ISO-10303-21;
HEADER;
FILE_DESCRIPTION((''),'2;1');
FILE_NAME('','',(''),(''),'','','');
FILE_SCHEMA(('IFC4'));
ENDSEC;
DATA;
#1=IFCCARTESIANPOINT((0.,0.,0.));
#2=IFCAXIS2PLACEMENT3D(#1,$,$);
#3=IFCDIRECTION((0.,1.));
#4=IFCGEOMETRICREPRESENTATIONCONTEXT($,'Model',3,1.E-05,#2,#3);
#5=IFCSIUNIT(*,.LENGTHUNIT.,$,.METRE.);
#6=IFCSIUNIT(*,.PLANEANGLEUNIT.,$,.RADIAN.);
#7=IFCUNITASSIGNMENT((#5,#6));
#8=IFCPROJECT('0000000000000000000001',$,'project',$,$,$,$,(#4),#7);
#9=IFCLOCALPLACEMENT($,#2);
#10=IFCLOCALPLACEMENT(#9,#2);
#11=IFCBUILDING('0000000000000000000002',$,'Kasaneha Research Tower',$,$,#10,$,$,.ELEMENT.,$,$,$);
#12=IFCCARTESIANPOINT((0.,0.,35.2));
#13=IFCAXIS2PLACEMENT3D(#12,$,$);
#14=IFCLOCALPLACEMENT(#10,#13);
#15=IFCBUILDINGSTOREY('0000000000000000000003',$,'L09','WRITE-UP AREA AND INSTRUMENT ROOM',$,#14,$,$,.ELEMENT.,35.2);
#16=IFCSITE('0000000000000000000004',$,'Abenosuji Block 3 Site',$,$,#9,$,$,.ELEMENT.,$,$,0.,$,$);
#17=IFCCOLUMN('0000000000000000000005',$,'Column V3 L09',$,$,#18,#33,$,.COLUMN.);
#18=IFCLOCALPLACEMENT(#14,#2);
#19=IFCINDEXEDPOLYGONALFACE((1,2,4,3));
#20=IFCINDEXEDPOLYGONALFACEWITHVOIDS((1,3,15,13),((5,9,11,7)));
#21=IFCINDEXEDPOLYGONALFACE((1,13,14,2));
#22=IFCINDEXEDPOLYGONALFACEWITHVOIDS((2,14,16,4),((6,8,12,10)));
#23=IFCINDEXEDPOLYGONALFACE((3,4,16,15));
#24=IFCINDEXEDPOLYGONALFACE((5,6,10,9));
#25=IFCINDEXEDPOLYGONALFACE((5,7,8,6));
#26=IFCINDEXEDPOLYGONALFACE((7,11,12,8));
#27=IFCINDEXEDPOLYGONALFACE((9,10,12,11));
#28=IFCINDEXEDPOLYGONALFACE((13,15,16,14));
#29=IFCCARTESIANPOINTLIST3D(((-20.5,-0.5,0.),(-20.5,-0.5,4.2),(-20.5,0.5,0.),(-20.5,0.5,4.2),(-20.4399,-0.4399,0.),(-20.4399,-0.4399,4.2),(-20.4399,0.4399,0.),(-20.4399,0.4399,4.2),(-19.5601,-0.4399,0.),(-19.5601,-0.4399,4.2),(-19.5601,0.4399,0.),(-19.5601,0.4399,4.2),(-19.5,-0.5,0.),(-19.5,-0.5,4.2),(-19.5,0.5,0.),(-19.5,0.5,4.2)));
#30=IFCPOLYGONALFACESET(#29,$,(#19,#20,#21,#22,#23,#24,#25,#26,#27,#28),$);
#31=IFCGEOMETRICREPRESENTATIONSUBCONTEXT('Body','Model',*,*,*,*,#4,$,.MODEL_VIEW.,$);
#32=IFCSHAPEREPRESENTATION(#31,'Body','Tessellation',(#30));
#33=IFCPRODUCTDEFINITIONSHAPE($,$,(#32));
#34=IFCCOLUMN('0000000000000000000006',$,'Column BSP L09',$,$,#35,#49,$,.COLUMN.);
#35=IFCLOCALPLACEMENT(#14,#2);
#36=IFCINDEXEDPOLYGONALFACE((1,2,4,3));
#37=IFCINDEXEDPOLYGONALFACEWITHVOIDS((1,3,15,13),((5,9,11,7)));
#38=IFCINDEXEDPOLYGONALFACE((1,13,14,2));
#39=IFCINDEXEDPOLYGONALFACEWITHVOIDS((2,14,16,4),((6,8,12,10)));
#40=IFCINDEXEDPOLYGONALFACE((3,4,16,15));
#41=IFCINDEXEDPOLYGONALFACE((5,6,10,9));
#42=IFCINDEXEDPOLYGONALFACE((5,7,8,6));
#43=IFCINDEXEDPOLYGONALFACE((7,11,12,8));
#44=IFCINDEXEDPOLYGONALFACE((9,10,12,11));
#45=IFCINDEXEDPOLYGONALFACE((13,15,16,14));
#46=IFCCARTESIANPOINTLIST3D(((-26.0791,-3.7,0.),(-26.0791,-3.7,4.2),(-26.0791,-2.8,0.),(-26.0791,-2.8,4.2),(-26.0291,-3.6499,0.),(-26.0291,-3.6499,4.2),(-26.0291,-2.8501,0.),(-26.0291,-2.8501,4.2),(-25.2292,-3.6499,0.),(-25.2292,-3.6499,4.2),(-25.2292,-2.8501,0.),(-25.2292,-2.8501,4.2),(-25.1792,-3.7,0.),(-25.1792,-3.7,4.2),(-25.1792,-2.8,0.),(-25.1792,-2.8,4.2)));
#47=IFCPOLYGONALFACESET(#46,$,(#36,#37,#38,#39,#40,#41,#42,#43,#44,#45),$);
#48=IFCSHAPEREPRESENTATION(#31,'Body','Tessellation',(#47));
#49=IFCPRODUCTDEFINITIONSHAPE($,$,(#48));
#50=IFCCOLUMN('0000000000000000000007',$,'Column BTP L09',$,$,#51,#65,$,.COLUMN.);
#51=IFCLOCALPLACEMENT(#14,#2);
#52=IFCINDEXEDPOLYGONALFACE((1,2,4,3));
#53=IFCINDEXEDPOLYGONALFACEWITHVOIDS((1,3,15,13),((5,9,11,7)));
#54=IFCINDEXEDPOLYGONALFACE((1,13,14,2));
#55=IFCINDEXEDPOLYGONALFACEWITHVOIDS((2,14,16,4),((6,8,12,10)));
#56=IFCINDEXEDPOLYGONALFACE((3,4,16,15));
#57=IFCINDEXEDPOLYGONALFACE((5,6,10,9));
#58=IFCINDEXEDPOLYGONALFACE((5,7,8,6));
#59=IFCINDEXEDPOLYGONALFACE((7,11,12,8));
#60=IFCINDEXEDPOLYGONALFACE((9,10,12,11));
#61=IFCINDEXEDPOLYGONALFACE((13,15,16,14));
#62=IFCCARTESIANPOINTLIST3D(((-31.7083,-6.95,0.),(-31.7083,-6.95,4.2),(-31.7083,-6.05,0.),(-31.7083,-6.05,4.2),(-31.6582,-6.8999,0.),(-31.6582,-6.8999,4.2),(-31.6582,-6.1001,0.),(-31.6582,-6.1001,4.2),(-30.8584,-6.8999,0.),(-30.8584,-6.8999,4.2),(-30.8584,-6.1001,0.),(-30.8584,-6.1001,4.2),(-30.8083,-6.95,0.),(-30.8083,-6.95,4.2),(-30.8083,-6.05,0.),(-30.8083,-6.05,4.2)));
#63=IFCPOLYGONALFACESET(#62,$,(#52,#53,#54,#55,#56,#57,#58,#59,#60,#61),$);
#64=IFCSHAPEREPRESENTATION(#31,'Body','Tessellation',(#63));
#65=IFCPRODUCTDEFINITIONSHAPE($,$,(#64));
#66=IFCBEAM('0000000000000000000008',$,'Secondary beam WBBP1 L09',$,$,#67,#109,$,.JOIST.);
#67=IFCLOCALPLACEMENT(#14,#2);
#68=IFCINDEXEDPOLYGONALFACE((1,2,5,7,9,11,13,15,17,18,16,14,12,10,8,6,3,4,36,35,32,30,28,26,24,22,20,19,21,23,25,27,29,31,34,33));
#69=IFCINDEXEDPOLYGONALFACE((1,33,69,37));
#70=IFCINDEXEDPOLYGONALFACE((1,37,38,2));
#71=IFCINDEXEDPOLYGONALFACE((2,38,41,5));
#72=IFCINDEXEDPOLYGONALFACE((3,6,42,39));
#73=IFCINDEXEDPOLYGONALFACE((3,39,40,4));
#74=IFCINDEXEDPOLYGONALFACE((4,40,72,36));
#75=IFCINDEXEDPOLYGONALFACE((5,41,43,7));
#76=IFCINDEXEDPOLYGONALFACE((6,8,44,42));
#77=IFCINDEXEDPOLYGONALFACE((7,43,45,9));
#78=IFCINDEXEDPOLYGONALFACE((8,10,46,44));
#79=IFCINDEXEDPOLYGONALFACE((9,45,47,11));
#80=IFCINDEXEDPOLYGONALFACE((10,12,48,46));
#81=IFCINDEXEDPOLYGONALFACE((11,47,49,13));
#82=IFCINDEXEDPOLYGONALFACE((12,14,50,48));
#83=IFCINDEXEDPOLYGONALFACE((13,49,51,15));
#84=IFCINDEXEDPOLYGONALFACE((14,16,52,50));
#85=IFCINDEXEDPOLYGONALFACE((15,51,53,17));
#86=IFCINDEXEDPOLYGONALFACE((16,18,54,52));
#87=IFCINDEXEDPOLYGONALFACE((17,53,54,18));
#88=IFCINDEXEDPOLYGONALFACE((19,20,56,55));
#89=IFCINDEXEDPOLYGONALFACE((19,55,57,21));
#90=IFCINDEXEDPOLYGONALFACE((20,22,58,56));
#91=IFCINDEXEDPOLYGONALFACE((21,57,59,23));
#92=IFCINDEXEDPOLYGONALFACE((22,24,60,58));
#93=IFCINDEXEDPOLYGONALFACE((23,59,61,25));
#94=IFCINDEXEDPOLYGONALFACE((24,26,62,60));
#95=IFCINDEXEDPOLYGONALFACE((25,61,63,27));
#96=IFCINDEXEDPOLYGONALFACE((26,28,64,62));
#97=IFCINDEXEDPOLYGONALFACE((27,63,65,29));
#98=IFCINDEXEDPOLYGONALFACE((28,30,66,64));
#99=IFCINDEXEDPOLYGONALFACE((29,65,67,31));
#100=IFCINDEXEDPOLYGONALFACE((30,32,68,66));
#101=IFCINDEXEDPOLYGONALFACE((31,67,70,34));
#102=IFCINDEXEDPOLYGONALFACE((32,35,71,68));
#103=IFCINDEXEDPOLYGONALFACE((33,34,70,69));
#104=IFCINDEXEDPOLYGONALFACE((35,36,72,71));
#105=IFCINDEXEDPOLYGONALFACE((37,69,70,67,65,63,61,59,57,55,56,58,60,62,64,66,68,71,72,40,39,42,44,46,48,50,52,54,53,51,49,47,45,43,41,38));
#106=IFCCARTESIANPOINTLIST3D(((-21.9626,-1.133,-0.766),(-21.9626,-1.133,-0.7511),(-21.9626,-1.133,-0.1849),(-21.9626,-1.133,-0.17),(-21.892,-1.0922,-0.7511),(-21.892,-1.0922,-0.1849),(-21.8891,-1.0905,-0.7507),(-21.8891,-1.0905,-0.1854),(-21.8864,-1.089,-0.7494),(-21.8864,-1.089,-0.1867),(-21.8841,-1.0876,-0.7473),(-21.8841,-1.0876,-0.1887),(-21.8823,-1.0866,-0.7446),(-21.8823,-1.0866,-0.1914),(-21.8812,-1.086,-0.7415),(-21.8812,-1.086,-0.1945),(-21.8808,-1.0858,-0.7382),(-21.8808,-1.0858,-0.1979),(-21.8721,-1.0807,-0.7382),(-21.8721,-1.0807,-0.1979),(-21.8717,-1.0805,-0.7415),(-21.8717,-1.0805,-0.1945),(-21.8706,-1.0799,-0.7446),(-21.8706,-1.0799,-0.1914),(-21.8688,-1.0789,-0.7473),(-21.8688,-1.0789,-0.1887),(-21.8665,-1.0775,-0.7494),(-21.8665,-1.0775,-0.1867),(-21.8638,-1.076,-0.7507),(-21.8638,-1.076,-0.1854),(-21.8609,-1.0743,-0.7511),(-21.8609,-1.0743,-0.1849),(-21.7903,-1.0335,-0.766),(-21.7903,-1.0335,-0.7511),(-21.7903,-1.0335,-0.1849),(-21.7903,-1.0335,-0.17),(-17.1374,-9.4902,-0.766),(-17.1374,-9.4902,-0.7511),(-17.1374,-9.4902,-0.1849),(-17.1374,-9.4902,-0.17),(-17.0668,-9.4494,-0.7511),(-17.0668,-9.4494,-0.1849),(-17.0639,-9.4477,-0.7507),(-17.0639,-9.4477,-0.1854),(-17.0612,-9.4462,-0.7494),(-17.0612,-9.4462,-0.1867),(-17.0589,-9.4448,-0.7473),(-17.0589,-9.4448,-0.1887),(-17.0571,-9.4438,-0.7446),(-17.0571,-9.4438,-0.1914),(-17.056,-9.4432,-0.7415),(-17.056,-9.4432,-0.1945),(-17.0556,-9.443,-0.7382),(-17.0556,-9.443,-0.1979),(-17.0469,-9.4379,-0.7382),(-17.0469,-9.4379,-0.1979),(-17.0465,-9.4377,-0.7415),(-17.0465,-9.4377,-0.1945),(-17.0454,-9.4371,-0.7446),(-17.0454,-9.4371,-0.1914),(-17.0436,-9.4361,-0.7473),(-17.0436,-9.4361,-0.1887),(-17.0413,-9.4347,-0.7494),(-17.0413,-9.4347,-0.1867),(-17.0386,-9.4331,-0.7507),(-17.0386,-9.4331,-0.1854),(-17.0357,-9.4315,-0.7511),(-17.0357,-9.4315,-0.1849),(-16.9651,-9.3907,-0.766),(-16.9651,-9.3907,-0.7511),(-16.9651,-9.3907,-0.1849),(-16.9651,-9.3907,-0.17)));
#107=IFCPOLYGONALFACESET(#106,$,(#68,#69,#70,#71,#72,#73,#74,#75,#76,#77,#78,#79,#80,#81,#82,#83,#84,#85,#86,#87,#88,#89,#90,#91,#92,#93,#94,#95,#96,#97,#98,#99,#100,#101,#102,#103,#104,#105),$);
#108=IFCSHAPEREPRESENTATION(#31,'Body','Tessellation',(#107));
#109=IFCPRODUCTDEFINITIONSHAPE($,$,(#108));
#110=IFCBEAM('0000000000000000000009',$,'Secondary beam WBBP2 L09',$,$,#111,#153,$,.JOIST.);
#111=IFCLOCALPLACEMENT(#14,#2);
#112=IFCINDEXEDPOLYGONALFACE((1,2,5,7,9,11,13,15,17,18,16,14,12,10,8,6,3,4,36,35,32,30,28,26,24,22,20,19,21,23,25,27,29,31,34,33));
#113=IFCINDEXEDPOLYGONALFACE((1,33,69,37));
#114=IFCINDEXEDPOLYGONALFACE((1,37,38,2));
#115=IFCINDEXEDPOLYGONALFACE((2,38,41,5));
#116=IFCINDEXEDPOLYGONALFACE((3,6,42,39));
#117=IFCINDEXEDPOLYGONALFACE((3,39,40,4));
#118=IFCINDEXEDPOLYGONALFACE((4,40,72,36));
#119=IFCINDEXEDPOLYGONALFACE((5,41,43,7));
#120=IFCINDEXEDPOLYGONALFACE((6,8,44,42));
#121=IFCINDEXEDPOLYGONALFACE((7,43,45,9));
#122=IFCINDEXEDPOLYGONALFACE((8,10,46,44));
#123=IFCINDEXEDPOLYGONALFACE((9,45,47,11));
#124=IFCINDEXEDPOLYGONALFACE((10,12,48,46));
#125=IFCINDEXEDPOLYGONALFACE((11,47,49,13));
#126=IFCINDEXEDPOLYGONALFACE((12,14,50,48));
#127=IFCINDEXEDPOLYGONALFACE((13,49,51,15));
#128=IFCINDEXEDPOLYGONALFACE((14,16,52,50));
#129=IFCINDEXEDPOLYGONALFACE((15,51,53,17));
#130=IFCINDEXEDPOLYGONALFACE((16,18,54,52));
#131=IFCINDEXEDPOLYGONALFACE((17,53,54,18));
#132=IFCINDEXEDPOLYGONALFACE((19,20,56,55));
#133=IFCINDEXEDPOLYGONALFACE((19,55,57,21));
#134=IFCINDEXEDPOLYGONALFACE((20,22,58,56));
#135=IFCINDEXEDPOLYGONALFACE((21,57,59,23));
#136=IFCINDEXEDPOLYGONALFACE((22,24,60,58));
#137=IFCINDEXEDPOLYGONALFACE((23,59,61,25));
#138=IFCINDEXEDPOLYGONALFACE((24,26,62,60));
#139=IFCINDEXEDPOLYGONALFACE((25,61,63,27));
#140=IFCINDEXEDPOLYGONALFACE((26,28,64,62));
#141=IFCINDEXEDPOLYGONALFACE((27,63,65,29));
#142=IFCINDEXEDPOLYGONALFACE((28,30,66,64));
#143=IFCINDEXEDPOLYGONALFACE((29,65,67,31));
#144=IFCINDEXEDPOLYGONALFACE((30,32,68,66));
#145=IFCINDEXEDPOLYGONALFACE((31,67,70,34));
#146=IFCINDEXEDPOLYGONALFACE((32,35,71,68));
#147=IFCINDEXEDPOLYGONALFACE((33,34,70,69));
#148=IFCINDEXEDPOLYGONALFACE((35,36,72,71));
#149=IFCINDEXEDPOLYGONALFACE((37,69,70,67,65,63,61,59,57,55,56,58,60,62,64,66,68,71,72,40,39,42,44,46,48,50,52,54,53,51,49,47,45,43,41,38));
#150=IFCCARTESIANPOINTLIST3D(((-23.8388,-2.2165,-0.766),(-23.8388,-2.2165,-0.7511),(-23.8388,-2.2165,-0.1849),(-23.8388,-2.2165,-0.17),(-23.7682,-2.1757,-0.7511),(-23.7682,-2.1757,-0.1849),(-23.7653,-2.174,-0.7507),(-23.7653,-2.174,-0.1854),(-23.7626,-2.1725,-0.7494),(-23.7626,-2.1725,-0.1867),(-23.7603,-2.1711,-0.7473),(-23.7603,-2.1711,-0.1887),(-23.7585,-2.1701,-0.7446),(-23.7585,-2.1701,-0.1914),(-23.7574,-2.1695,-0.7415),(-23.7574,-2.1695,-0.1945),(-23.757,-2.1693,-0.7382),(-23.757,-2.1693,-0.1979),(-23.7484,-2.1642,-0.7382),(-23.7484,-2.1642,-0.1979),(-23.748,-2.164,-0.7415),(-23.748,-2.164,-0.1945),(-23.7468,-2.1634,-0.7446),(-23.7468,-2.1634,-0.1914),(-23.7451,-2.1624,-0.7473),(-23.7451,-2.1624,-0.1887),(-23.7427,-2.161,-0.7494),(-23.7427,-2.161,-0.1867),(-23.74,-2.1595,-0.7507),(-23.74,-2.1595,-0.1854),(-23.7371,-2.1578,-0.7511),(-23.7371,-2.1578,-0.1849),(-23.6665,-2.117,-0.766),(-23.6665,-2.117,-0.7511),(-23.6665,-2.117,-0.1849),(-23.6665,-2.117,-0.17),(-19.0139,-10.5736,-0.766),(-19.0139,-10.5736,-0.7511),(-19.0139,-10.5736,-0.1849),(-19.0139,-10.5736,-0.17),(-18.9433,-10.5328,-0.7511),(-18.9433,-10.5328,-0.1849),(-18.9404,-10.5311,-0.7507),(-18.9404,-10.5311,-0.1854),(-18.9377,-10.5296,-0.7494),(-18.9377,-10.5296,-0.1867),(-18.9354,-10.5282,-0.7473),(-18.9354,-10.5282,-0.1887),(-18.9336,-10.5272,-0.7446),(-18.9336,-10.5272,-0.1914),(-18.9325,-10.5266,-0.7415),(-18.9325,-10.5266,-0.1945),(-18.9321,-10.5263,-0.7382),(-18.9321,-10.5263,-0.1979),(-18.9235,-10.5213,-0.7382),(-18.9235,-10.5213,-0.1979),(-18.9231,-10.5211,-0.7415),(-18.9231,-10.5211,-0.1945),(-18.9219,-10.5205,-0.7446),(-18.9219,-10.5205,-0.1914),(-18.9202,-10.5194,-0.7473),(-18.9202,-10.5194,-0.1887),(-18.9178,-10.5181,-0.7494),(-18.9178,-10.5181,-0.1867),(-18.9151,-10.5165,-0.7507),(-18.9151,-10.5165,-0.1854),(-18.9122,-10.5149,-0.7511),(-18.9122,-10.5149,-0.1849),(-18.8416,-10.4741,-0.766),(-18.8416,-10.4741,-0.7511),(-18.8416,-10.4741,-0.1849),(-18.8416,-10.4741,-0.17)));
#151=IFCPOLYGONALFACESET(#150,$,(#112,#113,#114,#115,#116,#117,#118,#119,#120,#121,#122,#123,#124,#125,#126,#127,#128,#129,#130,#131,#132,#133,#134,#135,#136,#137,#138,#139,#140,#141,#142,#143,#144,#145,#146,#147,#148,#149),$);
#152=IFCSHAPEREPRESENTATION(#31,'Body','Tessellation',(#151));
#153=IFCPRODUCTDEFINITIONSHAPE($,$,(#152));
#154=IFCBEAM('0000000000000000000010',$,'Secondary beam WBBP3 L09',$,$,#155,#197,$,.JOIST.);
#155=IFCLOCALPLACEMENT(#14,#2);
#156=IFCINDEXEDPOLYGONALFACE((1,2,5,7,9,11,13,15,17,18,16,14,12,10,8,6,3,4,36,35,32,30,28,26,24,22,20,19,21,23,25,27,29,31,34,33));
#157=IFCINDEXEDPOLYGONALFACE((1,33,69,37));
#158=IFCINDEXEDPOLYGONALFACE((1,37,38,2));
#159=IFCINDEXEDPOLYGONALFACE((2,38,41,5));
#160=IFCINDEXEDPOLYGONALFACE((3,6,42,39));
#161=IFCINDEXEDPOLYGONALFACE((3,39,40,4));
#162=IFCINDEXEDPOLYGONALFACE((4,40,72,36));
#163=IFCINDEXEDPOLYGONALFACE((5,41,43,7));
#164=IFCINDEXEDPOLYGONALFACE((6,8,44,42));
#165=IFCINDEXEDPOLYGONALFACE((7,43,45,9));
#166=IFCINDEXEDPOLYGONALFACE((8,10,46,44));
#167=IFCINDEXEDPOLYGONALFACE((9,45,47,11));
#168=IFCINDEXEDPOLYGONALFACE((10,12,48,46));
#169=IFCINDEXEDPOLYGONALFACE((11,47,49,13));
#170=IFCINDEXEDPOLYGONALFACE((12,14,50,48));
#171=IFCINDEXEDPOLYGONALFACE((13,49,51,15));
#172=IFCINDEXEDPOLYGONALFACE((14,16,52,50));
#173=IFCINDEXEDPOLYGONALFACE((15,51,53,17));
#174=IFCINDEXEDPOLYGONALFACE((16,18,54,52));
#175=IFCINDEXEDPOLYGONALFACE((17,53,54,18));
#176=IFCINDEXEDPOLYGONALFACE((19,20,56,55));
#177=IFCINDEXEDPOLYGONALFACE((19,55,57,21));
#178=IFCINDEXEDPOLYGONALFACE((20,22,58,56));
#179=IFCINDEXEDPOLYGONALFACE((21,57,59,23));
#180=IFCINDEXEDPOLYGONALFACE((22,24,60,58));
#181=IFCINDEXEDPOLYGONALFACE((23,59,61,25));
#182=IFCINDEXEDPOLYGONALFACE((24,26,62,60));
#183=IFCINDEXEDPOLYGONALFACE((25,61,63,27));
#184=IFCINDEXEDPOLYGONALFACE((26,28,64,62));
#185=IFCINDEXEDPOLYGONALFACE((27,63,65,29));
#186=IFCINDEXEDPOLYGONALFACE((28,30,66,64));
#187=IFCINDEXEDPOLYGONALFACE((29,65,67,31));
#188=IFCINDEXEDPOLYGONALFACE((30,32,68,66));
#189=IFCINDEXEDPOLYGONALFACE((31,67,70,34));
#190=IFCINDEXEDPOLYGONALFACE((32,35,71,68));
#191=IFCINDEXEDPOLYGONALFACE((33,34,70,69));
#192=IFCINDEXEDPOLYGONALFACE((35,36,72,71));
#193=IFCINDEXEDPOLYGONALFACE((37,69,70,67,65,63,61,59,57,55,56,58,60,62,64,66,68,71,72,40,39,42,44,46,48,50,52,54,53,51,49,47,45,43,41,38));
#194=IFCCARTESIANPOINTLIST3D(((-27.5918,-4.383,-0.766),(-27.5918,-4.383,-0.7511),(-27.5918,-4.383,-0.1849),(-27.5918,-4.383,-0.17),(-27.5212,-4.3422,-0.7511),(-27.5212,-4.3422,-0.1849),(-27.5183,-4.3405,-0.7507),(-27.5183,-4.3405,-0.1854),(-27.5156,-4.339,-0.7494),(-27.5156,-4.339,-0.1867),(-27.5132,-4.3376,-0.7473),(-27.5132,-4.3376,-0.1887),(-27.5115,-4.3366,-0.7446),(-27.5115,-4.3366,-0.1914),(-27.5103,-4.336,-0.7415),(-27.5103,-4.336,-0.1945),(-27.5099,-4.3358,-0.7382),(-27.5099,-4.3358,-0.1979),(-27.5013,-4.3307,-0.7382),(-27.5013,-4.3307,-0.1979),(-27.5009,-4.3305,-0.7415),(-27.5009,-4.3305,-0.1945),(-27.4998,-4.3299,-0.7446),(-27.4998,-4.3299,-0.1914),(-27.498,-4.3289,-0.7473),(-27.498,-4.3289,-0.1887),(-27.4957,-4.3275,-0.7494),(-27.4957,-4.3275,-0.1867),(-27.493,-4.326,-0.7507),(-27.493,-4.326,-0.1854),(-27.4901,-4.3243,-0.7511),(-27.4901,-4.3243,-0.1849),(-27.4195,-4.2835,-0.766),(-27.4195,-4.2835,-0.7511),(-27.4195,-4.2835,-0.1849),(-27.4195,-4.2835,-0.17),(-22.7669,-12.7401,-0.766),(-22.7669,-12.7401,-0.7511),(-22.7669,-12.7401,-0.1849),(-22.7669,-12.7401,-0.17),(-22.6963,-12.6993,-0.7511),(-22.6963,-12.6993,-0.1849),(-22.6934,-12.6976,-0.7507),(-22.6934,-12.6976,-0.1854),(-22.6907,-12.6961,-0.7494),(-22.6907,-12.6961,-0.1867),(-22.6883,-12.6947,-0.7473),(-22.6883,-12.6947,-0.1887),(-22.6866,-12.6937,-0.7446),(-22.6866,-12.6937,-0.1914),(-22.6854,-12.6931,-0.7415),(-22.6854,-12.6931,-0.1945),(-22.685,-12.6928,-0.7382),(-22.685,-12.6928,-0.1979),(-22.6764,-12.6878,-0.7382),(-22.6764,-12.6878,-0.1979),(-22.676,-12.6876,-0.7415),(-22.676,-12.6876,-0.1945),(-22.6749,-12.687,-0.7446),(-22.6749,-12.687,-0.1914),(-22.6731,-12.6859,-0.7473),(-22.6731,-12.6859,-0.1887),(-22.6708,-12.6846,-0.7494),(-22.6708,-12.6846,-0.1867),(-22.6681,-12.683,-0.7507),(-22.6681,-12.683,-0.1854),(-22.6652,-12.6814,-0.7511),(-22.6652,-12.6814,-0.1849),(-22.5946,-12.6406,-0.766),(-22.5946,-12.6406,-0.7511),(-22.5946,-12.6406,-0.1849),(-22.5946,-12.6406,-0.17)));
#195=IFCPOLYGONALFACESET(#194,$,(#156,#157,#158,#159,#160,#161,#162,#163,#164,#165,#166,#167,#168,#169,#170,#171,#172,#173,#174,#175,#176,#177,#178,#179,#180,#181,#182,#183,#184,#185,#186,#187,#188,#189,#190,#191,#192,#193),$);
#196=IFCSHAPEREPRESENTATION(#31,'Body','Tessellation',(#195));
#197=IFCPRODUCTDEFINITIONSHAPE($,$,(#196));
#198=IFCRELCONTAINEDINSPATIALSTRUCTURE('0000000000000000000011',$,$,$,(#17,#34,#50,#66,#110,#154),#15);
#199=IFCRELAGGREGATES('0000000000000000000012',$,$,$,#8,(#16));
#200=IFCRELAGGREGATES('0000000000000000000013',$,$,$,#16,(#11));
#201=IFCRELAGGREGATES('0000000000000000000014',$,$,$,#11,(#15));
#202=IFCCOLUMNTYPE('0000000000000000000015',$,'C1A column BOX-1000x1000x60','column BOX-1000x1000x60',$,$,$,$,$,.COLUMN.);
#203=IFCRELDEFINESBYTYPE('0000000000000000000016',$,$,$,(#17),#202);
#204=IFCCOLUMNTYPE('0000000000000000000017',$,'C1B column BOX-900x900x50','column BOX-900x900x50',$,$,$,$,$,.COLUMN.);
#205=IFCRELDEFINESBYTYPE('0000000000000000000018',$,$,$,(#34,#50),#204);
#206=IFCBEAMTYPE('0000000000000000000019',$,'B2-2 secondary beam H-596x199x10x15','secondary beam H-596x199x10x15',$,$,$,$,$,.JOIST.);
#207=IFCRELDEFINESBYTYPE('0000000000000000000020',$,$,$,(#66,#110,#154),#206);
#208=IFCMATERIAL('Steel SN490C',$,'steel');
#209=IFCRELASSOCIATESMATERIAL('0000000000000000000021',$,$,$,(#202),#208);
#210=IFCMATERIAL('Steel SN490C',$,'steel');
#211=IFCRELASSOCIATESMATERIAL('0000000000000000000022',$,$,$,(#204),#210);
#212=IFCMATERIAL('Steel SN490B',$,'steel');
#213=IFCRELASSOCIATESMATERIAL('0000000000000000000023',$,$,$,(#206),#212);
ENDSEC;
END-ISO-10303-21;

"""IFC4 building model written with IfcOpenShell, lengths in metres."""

from ifc_helpers import new_model, si_unit, direction, frame, origin, origin_2d, place, context, subcontext, project, spatial, hollow_rectangle, i_section, extrude, material, material_profile, profile_set, type_object, element, save


model = new_model("IFC4")

# Units and contexts
model_context = context("Model", 3, precision=1e-05, world=origin(), true_north=direction((0.0, 1.0)))
body_context = subcontext(model_context, "Body", "Model", "MODEL_VIEW")
ifc_project = project(units=[si_unit("LENGTHUNIT", "METRE"), si_unit("PLANEANGLEUNIT", "RADIAN")], contexts=[model_context])

# Site, building, storey
site_placement = place(None, origin())
site = spatial("IfcSite", under=ifc_project, at=site_placement, Name="Abenosuji Block 3 Site", CompositionType="ELEMENT", RefElevation=0.0)
building_placement = place(site_placement, origin())
building = spatial("IfcBuilding", under=site, at=building_placement, Name="Kasaneha Research Tower", CompositionType="ELEMENT")
storey_placement = place(building_placement, frame((0.0, 0.0, 35.2)))
storey = spatial("IfcBuildingStorey", under=building, at=storey_placement, Name="L09", Description="WRITE-UP AREA AND INSTRUMENT ROOM", CompositionType="ELEMENT", Elevation=35.2)

# Columns
ifc_material_1 = material(Name="Steel SN490C", Category="steel")
ifc_material_profile_1 = material_profile(ifc_material_1, hollow_rectangle(XDim=1.0, YDim=1.0, WallThickness=0.0601, at=origin_2d()), Name="BOX-1000x1000x60")
ifc_profile_set_1 = profile_set([ifc_material_profile_1], Name="Steel SN490C")
column_type_1 = type_object("IfcColumnType", Name="C1A column BOX-1000x1000x60", Description="column BOX-1000x1000x60", PredefinedType="COLUMN", material=ifc_profile_set_1)
column_placement = place(storey_placement, frame((-20.0, 0.0, 0.0), z_axis=(0.0, 0.0, 1.0), x_axis=(1.0, 0.0, 0.0)))
element("IfcColumn", 1, at=column_placement, inside=storey, type_object=column_type_1, Name="Column V3 L09", PredefinedType="COLUMN", context=body_context, shape_type="SweptSolid", body=[
    extrude(hollow_rectangle(XDim=1.0, YDim=1.0, WallThickness=0.0601, at=origin_2d()), origin(), (0.0, 0.0, 1.0), 4.2),
])
ifc_material_2 = material(Name="Steel SN490C", Category="steel")
ifc_material_profile_2 = material_profile(ifc_material_2, hollow_rectangle(XDim=0.8999, YDim=0.8999, WallThickness=0.05, at=origin_2d()), Name="BOX-900x900x50")
ifc_profile_set_2 = profile_set([ifc_material_profile_2], Name="Steel SN490C")
column_type_2 = type_object("IfcColumnType", Name="C1B column BOX-900x900x50", Description="column BOX-900x900x50", PredefinedType="COLUMN", material=ifc_profile_set_2)
for number, where, z_axis, x_axis, name in (
    (2, (-25.6292, -3.25, 0.0), (0.0, 0.0, 1.0), (1.0, 0.0, 0.0), "Column BSP L09"),
    (3, (-31.2583, -6.5, 0.0), (0.0, 0.0, 1.0), (1.0, 0.0, 0.0), "Column BTP L09"),
):
    element("IfcColumn", number, at=place(storey_placement, frame(where, z_axis=z_axis, x_axis=x_axis)), inside=storey, type_object=column_type_2, Name=name, PredefinedType="COLUMN", context=body_context, shape_type="SweptSolid", body=[
        extrude(hollow_rectangle(XDim=0.8999, YDim=0.8999, WallThickness=0.05, at=origin_2d()), origin(), (0.0, 0.0, 1.0), 4.2),
    ])

# Beams
ifc_material_3 = material(Name="Steel SN490B", Category="steel")
ifc_material_profile_3 = material_profile(ifc_material_3, i_section(OverallWidth=0.199, OverallDepth=0.5959, WebThickness=0.01, FlangeThickness=0.0149, FilletRadius=0.0129, at=origin_2d()), Name="H-596x199x10x15")
ifc_profile_set_3 = profile_set([ifc_material_profile_3], Name="Steel SN490B")
beam_type_1 = type_object("IfcBeamType", Name="B2-2 secondary beam H-596x199x10x15", Description="secondary beam H-596x199x10x15", PredefinedType="JOIST", material=ifc_profile_set_3)
beam_1_placement = place(storey_placement, frame((-21.8765, -1.0833, -0.468), z_axis=(0.500014, -0.866017, 0.0), x_axis=(0.866017, 0.500014, 0.0)))
element("IfcBeam", 4, at=beam_1_placement, inside=storey, type_object=beam_type_1, Name="Secondary beam WBBP1 L09", PredefinedType="JOIST", context=body_context, shape_type="SweptSolid", body=[
    extrude(i_section(OverallWidth=0.199, OverallDepth=0.5959, WebThickness=0.01, FlangeThickness=0.0149, FilletRadius=0.0129, at=origin_2d()), origin(), (0.0, 0.0, 1.0), 9.6501),
])
for number, where, z_axis, x_axis, name in (
    (5, (-23.7527, -2.1667, -0.468), (0.499995, -0.866028, 0.0), (0.866028, 0.499995, 0.0), "Secondary beam WBBP2 L09"),
    (6, (-27.5056, -4.3333, -0.468), (0.499995, -0.866028, 0.0), (0.866028, 0.499995, 0.0), "Secondary beam WBBP3 L09"),
):
    element("IfcBeam", number, at=place(storey_placement, frame(where, z_axis=z_axis, x_axis=x_axis)), inside=storey, type_object=beam_type_1, Name=name, PredefinedType="JOIST", context=body_context, shape_type="SweptSolid", body=[
        extrude(i_section(OverallWidth=0.199, OverallDepth=0.5959, WebThickness=0.01, FlangeThickness=0.0149, FilletRadius=0.0129, at=origin_2d()), origin(), (0.0, 0.0, 1.0), 9.6499),
    ])

save(model, "model.ifc")
